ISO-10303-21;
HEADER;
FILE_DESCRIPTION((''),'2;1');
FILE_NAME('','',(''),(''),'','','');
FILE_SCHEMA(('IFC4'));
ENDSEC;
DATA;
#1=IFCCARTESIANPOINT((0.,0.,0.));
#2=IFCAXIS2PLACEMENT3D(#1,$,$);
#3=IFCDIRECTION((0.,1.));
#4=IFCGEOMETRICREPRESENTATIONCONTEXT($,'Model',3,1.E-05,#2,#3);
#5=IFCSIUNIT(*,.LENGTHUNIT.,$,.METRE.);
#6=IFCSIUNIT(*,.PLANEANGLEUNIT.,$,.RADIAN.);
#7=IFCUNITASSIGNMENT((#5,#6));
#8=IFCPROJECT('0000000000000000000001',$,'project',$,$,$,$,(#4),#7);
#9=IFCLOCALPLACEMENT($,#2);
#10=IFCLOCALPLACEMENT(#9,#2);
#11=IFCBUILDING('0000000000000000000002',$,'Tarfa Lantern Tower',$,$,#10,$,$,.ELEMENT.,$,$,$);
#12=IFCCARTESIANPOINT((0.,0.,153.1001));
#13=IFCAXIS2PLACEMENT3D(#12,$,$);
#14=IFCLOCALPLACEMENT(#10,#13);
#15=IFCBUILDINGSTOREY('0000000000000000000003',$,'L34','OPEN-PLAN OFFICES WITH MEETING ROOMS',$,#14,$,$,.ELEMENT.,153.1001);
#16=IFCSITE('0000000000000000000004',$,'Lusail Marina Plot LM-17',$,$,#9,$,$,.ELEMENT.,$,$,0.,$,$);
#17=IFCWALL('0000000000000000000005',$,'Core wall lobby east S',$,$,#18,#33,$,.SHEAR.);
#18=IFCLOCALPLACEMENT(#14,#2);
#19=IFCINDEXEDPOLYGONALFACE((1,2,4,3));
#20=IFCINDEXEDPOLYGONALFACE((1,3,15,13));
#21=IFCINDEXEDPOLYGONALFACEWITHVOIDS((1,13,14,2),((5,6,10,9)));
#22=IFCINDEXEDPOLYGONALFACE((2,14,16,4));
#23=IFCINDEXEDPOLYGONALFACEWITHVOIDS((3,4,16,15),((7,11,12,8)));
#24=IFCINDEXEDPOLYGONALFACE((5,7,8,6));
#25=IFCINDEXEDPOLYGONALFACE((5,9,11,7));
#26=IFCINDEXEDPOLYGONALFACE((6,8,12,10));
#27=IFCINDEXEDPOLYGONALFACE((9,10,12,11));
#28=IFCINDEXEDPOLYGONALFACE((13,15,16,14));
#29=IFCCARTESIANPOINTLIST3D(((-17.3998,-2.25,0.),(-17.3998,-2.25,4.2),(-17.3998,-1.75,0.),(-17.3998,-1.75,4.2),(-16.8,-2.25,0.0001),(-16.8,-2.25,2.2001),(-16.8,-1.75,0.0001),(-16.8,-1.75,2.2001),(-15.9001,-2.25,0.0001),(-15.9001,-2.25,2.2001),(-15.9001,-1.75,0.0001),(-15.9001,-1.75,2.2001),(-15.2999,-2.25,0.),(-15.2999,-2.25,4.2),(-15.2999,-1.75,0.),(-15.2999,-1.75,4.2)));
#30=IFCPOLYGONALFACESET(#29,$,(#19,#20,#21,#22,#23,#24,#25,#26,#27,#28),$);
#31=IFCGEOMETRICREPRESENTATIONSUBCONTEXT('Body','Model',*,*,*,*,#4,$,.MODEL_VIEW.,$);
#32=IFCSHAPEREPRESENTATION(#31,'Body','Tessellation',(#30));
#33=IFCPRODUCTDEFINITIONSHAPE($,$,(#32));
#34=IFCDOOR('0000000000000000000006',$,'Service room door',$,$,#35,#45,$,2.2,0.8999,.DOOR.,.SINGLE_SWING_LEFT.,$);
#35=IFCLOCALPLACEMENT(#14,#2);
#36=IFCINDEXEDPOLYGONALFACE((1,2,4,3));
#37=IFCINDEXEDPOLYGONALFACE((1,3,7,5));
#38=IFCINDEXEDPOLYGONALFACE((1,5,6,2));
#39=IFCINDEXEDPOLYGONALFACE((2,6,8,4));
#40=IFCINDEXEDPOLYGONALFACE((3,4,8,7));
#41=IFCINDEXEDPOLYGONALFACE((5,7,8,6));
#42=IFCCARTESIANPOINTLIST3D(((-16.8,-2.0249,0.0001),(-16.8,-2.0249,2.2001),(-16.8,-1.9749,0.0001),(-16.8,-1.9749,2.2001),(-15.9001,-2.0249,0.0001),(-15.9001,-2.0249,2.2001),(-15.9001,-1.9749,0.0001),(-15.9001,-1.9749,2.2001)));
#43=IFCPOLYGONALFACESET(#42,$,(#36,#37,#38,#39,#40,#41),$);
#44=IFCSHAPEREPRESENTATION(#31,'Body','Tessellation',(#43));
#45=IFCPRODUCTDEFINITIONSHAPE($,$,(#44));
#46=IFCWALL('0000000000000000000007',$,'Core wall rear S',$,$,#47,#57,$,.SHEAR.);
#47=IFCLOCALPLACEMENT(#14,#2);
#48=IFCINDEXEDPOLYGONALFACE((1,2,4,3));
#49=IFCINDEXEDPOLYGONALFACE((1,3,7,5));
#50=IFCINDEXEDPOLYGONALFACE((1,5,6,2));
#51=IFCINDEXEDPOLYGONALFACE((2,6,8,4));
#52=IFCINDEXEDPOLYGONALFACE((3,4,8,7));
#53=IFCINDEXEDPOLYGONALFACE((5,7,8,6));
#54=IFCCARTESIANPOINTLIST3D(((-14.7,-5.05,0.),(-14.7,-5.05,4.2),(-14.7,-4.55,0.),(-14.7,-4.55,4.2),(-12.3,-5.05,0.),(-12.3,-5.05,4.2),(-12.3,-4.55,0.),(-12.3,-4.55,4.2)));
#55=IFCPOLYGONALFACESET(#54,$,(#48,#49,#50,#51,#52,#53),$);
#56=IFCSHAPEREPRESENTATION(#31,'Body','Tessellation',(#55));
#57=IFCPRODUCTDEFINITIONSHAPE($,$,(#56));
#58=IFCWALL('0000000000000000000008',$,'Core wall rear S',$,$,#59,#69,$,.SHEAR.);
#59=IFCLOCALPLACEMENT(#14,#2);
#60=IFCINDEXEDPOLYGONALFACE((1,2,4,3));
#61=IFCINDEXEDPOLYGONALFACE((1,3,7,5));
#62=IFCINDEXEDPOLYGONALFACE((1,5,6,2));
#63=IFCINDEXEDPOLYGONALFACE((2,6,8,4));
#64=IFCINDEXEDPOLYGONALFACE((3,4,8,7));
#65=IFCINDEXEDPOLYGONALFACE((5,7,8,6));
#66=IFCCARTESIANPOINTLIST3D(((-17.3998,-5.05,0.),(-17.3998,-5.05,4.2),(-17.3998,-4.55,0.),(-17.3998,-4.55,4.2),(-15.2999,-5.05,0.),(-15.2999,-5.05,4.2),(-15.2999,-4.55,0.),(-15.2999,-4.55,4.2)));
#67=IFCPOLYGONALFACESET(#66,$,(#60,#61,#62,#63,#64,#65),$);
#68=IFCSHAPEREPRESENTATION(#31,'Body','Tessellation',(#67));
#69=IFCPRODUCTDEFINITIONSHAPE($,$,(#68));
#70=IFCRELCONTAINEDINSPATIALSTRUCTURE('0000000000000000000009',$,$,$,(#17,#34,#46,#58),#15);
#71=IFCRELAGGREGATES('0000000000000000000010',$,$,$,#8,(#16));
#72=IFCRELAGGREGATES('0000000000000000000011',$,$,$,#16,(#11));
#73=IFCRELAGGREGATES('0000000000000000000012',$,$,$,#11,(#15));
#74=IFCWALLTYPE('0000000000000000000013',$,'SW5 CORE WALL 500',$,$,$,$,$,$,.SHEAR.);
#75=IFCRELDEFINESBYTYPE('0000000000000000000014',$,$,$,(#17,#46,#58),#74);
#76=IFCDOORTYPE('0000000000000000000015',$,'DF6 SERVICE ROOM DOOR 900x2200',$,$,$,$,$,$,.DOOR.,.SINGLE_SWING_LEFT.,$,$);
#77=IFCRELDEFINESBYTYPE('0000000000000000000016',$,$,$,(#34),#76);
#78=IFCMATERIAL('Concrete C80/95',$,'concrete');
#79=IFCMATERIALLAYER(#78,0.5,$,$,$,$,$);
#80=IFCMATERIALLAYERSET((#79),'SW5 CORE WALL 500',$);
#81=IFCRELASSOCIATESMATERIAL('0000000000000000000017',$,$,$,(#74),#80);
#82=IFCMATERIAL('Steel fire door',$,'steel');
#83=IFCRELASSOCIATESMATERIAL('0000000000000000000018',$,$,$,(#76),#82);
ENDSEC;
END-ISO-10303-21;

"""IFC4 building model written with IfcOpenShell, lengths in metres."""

from ifc_helpers import new_model, si_unit, direction, frame, frame_2d, origin, place, context, subcontext, project, spatial, rectangle, extrude, material, layer, layer_set, type_object, element, fill, save


model = new_model("IFC4")

# Units and contexts
model_context = context("Model", 3, precision=1e-05, world=origin(), true_north=direction((0.0, 1.0)))
body_context = subcontext(model_context, "Body", "Model", "MODEL_VIEW")
ifc_project = project(units=[si_unit("LENGTHUNIT", "METRE"), si_unit("PLANEANGLEUNIT", "RADIAN")], contexts=[model_context])

# Site, building, storey
site_placement = place(None, origin())
site = spatial("IfcSite", under=ifc_project, at=site_placement, Name="Lusail Marina Plot LM-17", CompositionType="ELEMENT", RefElevation=0.0)
building_placement = place(site_placement, origin())
building = spatial("IfcBuilding", under=site, at=building_placement, Name="Tarfa Lantern Tower", CompositionType="ELEMENT")
storey_placement = place(building_placement, frame((0.0, 0.0, 153.1001)))
storey = spatial("IfcBuildingStorey", under=building, at=storey_placement, Name="L34", Description="OPEN-PLAN OFFICES WITH MEETING ROOMS", CompositionType="ELEMENT", Elevation=153.1001)

# Shared definitions
ifc_material_1 = material(Name="Concrete C80/95", Category="concrete")
ifc_layer_1 = layer(ifc_material_1, 0.5)
ifc_layer_set_1 = layer_set([ifc_layer_1], Name="SW5 CORE WALL 500")
wall_type_1 = type_object("IfcWallType", Name="SW5 CORE WALL 500", PredefinedType="SHEAR", material=ifc_layer_set_1)

# Wall, opening, door
wall_1_placement = place(storey_placement, frame((-15.3, -2.0, 0.0), z_axis=(0.0, 0.0, 1.0), x_axis=(-1.0, 0.0, 0.0)))
wall_1 = element("IfcWall", 1, at=wall_1_placement, inside=storey, type_object=wall_type_1, Name="Core wall lobby east S", PredefinedType="SHEAR", context=body_context, shape_type="SweptSolid", body=[
    extrude(rectangle(XDim=2.0999, YDim=0.5, at=frame_2d((1.0498, 0.0))), origin(), (0.0, 0.0, 1.0), 4.2),
])
opening_1_placement = place(wall_1_placement, frame((0.6001, 0.0, 0.0)))
opening_1 = element("IfcOpeningElement", 2, at=opening_1_placement, cuts=wall_1, PredefinedType="OPENING", context=body_context, shape_type="SweptSolid", body=[
    extrude(rectangle(XDim=0.8999, YDim=2.2, at=frame_2d((0.45, 1.1001))), frame((0.0, 0.26, 0.0), z_axis=(0.0, -1.0, 0.0), x_axis=(1.0, 0.0, 0.0)), (0.0, 0.0, 1.0), 0.52),
])
ifc_material_2 = material(Name="Steel fire door", Category="steel")
door_type_1 = type_object("IfcDoorType", Name="DF6 SERVICE ROOM DOOR 900x2200", OperationType="SINGLE_SWING_LEFT", PredefinedType="DOOR", material=ifc_material_2)
door_1_placement = place(opening_1_placement, origin())
door_1 = element("IfcDoor", 3, at=door_1_placement, inside=storey, type_object=door_type_1, Name="Service room door", OperationType="SINGLE_SWING_LEFT", OverallHeight=2.2, OverallWidth=0.8999, PredefinedType="DOOR", context=body_context, shape_type="SweptSolid", body=[
    extrude(rectangle(XDim=0.8999, YDim=2.2, at=frame_2d((0.45, 1.1001))), frame((0.0, 0.0249, 0.0), z_axis=(0.0, -1.0, 0.0), x_axis=(1.0, 0.0, 0.0)), (0.0, 0.0, 1.0), 0.05),
])
fill(opening_1, door_1)

# Walls
wall_2_placement = place(storey_placement, frame((-12.3, -4.8, 0.0), z_axis=(0.0, 0.0, 1.0), x_axis=(-1.0, 0.0, 0.0)))
element("IfcWall", 4, at=wall_2_placement, inside=storey, type_object=wall_type_1, Name="Core wall rear S", PredefinedType="SHEAR", context=body_context, shape_type="SweptSolid", body=[
    extrude(rectangle(XDim=2.3999, YDim=0.5, at=frame_2d((1.2, 0.0))), origin(), (0.0, 0.0, 1.0), 4.2),
])
wall_3_placement = place(storey_placement, frame((-15.3, -4.8, 0.0), z_axis=(0.0, 0.0, 1.0), x_axis=(-1.0, 0.0, 0.0)))
element("IfcWall", 5, at=wall_3_placement, inside=storey, type_object=wall_type_1, Name="Core wall rear S", PredefinedType="SHEAR", context=body_context, shape_type="SweptSolid", body=[
    extrude(rectangle(XDim=2.0999, YDim=0.5, at=frame_2d((1.0498, 0.0))), origin(), (0.0, 0.0, 1.0), 4.2),
])

save(model, "model.ifc")
